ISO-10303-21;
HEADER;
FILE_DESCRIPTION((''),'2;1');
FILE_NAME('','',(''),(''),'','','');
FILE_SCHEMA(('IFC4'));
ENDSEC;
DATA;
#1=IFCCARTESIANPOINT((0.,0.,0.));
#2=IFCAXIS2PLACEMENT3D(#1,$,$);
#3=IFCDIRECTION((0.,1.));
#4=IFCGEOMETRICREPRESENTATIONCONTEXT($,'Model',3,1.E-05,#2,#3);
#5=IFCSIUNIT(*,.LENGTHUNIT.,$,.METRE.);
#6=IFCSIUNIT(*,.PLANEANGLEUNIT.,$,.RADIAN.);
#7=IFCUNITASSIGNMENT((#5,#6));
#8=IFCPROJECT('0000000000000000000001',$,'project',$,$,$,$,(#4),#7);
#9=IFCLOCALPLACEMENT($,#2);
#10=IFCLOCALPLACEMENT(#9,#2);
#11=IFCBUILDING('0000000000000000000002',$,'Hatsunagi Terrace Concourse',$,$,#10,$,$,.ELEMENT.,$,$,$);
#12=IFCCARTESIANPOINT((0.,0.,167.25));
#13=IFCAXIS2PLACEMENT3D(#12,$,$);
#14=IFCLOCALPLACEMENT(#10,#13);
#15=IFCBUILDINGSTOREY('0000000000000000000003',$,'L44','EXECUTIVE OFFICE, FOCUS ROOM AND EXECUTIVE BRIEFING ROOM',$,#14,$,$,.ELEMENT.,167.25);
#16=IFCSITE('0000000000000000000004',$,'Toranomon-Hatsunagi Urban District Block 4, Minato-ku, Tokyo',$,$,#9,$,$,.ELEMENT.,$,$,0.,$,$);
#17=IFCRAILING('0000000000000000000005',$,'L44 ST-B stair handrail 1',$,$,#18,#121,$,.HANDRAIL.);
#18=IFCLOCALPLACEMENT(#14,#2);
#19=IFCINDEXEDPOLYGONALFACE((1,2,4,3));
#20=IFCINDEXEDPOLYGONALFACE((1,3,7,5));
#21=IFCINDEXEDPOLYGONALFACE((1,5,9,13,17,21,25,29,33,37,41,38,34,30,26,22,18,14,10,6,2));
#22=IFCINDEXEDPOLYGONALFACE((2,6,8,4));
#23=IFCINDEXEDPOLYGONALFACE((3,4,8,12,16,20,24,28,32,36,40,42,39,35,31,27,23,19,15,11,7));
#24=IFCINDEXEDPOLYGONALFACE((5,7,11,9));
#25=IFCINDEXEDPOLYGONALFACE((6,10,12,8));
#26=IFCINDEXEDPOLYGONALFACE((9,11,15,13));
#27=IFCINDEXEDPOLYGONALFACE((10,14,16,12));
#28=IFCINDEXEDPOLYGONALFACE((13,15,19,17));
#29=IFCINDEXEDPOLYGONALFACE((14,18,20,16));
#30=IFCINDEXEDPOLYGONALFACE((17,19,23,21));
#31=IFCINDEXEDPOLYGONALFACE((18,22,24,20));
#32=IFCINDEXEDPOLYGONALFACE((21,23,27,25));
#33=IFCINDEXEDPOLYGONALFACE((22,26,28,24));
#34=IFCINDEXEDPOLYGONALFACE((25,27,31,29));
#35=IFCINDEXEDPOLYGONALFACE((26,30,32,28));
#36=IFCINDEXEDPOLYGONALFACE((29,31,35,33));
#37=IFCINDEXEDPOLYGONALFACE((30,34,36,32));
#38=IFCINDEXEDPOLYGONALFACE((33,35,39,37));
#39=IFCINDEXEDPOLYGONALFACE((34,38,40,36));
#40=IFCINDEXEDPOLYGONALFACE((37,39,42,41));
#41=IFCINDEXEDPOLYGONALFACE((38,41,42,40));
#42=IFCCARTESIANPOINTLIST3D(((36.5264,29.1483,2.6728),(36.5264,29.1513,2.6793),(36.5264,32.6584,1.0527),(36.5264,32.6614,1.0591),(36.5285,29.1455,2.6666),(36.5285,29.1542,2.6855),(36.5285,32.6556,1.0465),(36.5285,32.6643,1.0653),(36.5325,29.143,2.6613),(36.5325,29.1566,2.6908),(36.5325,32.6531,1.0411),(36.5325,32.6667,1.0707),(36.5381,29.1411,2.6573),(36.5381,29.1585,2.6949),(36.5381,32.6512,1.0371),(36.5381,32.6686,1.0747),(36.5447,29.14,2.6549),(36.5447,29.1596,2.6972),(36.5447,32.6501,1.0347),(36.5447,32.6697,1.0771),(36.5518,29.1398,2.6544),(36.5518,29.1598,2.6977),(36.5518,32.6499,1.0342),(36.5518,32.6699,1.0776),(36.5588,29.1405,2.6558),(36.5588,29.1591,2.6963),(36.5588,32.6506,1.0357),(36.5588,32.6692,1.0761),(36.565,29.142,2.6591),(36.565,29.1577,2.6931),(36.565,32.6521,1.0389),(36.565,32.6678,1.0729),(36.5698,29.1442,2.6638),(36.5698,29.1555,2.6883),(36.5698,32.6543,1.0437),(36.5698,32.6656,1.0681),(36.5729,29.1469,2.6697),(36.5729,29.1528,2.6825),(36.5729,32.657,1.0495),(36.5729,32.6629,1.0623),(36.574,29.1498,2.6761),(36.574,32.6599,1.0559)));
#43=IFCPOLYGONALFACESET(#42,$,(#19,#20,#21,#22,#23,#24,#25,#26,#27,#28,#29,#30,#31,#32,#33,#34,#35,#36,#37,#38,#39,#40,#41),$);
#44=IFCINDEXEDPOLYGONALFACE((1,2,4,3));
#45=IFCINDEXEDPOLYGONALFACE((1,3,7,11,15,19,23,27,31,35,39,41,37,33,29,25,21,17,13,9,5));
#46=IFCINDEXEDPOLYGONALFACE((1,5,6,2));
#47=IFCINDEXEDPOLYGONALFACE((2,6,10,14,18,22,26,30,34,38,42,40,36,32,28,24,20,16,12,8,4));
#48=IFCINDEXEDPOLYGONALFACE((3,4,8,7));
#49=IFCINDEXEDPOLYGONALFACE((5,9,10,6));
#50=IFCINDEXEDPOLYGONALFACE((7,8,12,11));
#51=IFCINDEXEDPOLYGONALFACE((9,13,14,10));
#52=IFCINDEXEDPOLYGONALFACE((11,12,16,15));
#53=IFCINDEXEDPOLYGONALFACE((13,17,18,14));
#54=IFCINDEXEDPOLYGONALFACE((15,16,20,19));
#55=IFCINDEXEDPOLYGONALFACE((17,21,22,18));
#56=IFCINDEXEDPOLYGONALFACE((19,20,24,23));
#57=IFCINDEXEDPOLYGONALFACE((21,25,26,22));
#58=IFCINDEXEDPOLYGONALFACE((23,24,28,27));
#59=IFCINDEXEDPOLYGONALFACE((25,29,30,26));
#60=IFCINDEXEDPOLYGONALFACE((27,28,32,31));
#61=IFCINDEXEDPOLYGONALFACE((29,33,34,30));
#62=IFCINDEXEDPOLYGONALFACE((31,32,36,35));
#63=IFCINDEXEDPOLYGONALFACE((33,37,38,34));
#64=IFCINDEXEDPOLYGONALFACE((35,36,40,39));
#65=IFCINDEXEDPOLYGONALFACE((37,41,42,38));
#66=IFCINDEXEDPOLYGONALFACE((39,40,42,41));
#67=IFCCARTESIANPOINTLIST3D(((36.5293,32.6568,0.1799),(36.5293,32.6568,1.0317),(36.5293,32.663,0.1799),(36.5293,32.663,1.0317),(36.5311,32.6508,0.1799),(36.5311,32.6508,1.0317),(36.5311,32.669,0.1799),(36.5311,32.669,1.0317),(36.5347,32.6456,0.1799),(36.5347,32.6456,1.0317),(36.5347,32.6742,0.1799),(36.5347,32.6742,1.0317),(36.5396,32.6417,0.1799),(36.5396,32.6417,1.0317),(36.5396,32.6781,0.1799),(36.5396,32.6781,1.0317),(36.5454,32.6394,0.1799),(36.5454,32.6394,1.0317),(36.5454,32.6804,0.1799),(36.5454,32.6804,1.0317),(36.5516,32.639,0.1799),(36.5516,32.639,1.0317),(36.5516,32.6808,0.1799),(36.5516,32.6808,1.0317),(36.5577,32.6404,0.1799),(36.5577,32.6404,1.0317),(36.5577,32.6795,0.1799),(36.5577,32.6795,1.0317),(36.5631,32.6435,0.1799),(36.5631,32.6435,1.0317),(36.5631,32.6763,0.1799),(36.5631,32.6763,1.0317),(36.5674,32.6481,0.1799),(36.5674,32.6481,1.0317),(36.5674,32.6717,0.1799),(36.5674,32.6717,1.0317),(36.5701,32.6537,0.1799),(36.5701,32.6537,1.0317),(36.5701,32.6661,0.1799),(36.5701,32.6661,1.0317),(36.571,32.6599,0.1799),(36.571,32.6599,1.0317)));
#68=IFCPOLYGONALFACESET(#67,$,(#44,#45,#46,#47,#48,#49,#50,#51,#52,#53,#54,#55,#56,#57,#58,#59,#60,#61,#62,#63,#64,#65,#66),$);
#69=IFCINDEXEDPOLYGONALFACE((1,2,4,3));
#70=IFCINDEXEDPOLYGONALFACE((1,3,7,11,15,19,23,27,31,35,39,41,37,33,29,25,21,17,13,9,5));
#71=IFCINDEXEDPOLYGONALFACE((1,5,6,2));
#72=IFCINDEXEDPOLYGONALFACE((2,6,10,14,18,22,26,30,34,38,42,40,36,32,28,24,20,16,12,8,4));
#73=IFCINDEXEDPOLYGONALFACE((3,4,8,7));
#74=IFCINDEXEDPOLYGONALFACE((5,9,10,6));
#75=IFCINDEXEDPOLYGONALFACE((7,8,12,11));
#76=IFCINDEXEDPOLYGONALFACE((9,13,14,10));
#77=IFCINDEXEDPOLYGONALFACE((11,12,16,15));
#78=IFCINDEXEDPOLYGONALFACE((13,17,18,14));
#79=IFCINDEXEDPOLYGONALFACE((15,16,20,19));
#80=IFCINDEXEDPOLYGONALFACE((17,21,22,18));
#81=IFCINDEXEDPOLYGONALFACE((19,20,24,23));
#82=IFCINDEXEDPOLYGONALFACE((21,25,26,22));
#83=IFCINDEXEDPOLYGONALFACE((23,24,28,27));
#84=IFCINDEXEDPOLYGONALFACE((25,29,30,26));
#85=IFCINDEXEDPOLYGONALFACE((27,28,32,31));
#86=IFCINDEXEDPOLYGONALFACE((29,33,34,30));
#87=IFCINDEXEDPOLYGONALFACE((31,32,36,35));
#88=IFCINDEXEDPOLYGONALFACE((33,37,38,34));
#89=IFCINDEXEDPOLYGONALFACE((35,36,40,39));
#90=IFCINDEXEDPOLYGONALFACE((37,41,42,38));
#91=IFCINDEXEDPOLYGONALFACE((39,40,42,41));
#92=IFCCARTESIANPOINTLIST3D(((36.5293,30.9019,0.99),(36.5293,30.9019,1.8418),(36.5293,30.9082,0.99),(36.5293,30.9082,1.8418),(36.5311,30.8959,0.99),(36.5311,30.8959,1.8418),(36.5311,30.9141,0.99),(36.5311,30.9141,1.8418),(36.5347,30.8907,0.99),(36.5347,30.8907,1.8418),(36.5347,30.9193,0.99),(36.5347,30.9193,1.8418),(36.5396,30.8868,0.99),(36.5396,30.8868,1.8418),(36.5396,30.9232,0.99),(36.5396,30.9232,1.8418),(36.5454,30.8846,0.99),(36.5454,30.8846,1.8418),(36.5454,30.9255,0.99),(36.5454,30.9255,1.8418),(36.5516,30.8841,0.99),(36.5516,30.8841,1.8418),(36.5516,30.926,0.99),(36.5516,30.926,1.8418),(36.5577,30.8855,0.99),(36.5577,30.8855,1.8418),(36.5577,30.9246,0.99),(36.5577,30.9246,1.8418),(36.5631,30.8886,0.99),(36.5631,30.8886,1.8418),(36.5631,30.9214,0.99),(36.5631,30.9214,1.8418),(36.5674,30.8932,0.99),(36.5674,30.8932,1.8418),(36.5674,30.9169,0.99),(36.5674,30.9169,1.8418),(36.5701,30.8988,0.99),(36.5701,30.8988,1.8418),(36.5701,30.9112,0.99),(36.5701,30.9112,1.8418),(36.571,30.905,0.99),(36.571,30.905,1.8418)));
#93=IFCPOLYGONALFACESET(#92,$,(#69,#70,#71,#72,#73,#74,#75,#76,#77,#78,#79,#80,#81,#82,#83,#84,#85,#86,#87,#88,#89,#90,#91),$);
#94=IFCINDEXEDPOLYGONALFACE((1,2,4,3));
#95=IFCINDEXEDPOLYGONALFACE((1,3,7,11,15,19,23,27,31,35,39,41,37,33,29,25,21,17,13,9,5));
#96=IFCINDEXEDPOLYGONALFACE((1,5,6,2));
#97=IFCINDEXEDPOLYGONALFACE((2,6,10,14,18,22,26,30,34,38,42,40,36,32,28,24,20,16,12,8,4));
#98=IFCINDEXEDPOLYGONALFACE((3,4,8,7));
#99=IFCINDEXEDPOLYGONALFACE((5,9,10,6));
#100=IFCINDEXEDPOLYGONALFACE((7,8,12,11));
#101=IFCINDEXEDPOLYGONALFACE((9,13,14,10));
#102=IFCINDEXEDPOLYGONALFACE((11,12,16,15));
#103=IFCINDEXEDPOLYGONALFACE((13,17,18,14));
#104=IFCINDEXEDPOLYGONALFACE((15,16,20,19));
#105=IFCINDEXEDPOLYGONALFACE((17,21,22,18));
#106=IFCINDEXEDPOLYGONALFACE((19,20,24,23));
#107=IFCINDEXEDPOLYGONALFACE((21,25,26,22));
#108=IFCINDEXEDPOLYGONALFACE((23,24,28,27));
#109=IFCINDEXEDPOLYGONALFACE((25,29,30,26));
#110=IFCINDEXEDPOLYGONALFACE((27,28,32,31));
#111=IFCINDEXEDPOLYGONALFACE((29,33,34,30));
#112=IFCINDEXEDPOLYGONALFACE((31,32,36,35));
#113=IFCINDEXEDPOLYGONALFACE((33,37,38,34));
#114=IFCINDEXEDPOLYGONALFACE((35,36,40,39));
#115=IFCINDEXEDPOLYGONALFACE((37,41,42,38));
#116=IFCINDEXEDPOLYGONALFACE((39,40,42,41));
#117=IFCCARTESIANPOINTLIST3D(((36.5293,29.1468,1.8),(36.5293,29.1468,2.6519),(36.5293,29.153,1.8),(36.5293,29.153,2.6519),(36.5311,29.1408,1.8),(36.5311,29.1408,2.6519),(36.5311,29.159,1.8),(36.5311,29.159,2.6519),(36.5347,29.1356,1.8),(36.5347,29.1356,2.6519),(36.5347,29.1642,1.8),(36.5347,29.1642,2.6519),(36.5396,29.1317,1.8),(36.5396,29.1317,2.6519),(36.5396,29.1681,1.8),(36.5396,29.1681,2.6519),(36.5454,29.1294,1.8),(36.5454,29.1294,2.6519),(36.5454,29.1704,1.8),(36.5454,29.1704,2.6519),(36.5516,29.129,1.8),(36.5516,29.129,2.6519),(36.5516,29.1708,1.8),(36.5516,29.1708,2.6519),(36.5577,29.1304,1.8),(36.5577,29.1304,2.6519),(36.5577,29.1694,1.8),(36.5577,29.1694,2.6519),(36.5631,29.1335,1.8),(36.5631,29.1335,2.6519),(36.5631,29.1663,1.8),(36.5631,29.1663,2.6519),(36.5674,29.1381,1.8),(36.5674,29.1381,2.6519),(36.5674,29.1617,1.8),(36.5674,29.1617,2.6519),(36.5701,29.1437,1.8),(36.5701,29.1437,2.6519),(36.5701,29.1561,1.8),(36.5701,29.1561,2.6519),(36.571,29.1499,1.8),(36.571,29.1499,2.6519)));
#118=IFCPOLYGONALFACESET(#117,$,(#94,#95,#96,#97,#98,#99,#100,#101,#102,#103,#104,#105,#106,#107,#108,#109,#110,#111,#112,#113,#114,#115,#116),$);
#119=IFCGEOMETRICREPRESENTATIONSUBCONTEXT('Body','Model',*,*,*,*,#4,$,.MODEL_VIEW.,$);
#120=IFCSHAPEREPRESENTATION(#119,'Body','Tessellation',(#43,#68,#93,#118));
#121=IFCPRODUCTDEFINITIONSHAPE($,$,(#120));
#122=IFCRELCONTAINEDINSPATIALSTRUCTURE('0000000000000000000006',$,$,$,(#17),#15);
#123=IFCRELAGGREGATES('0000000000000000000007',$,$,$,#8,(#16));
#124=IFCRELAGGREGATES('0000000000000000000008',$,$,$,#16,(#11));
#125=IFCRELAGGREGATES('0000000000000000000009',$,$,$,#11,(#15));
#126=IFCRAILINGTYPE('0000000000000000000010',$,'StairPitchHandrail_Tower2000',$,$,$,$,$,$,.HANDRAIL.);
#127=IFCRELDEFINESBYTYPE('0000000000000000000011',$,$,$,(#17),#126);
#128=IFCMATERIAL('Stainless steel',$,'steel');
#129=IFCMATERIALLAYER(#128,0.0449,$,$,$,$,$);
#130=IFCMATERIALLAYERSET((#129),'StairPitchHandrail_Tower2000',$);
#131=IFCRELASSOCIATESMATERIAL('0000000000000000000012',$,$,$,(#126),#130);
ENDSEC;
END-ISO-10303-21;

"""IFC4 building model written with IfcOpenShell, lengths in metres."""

from ifc_helpers import new_model, si_unit, direction, frame, origin, origin_2d, place, context, subcontext, project, spatial, circle, extrude, material, layer, layer_set, type_object, element, save


model = new_model("IFC4")

# Units and contexts
model_context = context("Model", 3, precision=1e-05, world=origin(), true_north=direction((0.0, 1.0)))
body_context = subcontext(model_context, "Body", "Model", "MODEL_VIEW")
ifc_project = project(units=[si_unit("LENGTHUNIT", "METRE"), si_unit("PLANEANGLEUNIT", "RADIAN")], contexts=[model_context])

# Site, building, storey
site_placement = place(None, origin())
site = spatial("IfcSite", under=ifc_project, at=site_placement, Name="Toranomon-Hatsunagi Urban District Block 4, Minato-ku, Tokyo", CompositionType="ELEMENT", RefElevation=0.0)
building_placement = place(site_placement, origin())
building = spatial("IfcBuilding", under=site, at=building_placement, Name="Hatsunagi Terrace Concourse", CompositionType="ELEMENT")
storey_placement = place(building_placement, frame((0.0, 0.0, 167.25)))
storey = spatial("IfcBuildingStorey", under=building, at=storey_placement, Name="L44", Description="EXECUTIVE OFFICE, FOCUS ROOM AND EXECUTIVE BRIEFING ROOM", CompositionType="ELEMENT", Elevation=167.25)

# Railing
ifc_material_1 = material(Name="Stainless steel", Category="steel")
ifc_layer_1 = layer(ifc_material_1, 0.0449)
ifc_layer_set_1 = layer_set([ifc_layer_1], Name="StairPitchHandrail_Tower2000")
railing_type_1 = type_object("IfcRailingType", Name="StairPitchHandrail_Tower2000", PredefinedType="HANDRAIL", material=ifc_layer_set_1)
railing_1_placement = place(storey_placement, frame((36.55, 32.6599, 0.1799)))
element("IfcRailing", 1, at=railing_1_placement, inside=storey, type_object=railing_type_1, Name="L44 ST-B stair handrail 1", PredefinedType="HANDRAIL", context=body_context, shape_type="SweptSolid", body=[
    extrude(circle(Radius=0.0239, at=origin_2d()), frame((0.0, 0.0, 0.876), z_axis=(0.0, -0.907948, 0.419082), x_axis=(1.0, 0.0, 0.0)), (0.0, 0.0, 1.0), 3.866),
    extrude(circle(Radius=0.021, at=origin_2d()), origin(), (0.0, 0.0, 1.0), 0.8518),
    extrude(circle(Radius=0.021, at=origin_2d()), frame((0.0, -1.7549, 0.8101)), (0.0, 0.0, 1.0), 0.8518),
    extrude(circle(Radius=0.021, at=origin_2d()), frame((0.0, -3.51, 1.6201)), (0.0, 0.0, 1.0), 0.8518),
])

save(model, "model.ifc")
